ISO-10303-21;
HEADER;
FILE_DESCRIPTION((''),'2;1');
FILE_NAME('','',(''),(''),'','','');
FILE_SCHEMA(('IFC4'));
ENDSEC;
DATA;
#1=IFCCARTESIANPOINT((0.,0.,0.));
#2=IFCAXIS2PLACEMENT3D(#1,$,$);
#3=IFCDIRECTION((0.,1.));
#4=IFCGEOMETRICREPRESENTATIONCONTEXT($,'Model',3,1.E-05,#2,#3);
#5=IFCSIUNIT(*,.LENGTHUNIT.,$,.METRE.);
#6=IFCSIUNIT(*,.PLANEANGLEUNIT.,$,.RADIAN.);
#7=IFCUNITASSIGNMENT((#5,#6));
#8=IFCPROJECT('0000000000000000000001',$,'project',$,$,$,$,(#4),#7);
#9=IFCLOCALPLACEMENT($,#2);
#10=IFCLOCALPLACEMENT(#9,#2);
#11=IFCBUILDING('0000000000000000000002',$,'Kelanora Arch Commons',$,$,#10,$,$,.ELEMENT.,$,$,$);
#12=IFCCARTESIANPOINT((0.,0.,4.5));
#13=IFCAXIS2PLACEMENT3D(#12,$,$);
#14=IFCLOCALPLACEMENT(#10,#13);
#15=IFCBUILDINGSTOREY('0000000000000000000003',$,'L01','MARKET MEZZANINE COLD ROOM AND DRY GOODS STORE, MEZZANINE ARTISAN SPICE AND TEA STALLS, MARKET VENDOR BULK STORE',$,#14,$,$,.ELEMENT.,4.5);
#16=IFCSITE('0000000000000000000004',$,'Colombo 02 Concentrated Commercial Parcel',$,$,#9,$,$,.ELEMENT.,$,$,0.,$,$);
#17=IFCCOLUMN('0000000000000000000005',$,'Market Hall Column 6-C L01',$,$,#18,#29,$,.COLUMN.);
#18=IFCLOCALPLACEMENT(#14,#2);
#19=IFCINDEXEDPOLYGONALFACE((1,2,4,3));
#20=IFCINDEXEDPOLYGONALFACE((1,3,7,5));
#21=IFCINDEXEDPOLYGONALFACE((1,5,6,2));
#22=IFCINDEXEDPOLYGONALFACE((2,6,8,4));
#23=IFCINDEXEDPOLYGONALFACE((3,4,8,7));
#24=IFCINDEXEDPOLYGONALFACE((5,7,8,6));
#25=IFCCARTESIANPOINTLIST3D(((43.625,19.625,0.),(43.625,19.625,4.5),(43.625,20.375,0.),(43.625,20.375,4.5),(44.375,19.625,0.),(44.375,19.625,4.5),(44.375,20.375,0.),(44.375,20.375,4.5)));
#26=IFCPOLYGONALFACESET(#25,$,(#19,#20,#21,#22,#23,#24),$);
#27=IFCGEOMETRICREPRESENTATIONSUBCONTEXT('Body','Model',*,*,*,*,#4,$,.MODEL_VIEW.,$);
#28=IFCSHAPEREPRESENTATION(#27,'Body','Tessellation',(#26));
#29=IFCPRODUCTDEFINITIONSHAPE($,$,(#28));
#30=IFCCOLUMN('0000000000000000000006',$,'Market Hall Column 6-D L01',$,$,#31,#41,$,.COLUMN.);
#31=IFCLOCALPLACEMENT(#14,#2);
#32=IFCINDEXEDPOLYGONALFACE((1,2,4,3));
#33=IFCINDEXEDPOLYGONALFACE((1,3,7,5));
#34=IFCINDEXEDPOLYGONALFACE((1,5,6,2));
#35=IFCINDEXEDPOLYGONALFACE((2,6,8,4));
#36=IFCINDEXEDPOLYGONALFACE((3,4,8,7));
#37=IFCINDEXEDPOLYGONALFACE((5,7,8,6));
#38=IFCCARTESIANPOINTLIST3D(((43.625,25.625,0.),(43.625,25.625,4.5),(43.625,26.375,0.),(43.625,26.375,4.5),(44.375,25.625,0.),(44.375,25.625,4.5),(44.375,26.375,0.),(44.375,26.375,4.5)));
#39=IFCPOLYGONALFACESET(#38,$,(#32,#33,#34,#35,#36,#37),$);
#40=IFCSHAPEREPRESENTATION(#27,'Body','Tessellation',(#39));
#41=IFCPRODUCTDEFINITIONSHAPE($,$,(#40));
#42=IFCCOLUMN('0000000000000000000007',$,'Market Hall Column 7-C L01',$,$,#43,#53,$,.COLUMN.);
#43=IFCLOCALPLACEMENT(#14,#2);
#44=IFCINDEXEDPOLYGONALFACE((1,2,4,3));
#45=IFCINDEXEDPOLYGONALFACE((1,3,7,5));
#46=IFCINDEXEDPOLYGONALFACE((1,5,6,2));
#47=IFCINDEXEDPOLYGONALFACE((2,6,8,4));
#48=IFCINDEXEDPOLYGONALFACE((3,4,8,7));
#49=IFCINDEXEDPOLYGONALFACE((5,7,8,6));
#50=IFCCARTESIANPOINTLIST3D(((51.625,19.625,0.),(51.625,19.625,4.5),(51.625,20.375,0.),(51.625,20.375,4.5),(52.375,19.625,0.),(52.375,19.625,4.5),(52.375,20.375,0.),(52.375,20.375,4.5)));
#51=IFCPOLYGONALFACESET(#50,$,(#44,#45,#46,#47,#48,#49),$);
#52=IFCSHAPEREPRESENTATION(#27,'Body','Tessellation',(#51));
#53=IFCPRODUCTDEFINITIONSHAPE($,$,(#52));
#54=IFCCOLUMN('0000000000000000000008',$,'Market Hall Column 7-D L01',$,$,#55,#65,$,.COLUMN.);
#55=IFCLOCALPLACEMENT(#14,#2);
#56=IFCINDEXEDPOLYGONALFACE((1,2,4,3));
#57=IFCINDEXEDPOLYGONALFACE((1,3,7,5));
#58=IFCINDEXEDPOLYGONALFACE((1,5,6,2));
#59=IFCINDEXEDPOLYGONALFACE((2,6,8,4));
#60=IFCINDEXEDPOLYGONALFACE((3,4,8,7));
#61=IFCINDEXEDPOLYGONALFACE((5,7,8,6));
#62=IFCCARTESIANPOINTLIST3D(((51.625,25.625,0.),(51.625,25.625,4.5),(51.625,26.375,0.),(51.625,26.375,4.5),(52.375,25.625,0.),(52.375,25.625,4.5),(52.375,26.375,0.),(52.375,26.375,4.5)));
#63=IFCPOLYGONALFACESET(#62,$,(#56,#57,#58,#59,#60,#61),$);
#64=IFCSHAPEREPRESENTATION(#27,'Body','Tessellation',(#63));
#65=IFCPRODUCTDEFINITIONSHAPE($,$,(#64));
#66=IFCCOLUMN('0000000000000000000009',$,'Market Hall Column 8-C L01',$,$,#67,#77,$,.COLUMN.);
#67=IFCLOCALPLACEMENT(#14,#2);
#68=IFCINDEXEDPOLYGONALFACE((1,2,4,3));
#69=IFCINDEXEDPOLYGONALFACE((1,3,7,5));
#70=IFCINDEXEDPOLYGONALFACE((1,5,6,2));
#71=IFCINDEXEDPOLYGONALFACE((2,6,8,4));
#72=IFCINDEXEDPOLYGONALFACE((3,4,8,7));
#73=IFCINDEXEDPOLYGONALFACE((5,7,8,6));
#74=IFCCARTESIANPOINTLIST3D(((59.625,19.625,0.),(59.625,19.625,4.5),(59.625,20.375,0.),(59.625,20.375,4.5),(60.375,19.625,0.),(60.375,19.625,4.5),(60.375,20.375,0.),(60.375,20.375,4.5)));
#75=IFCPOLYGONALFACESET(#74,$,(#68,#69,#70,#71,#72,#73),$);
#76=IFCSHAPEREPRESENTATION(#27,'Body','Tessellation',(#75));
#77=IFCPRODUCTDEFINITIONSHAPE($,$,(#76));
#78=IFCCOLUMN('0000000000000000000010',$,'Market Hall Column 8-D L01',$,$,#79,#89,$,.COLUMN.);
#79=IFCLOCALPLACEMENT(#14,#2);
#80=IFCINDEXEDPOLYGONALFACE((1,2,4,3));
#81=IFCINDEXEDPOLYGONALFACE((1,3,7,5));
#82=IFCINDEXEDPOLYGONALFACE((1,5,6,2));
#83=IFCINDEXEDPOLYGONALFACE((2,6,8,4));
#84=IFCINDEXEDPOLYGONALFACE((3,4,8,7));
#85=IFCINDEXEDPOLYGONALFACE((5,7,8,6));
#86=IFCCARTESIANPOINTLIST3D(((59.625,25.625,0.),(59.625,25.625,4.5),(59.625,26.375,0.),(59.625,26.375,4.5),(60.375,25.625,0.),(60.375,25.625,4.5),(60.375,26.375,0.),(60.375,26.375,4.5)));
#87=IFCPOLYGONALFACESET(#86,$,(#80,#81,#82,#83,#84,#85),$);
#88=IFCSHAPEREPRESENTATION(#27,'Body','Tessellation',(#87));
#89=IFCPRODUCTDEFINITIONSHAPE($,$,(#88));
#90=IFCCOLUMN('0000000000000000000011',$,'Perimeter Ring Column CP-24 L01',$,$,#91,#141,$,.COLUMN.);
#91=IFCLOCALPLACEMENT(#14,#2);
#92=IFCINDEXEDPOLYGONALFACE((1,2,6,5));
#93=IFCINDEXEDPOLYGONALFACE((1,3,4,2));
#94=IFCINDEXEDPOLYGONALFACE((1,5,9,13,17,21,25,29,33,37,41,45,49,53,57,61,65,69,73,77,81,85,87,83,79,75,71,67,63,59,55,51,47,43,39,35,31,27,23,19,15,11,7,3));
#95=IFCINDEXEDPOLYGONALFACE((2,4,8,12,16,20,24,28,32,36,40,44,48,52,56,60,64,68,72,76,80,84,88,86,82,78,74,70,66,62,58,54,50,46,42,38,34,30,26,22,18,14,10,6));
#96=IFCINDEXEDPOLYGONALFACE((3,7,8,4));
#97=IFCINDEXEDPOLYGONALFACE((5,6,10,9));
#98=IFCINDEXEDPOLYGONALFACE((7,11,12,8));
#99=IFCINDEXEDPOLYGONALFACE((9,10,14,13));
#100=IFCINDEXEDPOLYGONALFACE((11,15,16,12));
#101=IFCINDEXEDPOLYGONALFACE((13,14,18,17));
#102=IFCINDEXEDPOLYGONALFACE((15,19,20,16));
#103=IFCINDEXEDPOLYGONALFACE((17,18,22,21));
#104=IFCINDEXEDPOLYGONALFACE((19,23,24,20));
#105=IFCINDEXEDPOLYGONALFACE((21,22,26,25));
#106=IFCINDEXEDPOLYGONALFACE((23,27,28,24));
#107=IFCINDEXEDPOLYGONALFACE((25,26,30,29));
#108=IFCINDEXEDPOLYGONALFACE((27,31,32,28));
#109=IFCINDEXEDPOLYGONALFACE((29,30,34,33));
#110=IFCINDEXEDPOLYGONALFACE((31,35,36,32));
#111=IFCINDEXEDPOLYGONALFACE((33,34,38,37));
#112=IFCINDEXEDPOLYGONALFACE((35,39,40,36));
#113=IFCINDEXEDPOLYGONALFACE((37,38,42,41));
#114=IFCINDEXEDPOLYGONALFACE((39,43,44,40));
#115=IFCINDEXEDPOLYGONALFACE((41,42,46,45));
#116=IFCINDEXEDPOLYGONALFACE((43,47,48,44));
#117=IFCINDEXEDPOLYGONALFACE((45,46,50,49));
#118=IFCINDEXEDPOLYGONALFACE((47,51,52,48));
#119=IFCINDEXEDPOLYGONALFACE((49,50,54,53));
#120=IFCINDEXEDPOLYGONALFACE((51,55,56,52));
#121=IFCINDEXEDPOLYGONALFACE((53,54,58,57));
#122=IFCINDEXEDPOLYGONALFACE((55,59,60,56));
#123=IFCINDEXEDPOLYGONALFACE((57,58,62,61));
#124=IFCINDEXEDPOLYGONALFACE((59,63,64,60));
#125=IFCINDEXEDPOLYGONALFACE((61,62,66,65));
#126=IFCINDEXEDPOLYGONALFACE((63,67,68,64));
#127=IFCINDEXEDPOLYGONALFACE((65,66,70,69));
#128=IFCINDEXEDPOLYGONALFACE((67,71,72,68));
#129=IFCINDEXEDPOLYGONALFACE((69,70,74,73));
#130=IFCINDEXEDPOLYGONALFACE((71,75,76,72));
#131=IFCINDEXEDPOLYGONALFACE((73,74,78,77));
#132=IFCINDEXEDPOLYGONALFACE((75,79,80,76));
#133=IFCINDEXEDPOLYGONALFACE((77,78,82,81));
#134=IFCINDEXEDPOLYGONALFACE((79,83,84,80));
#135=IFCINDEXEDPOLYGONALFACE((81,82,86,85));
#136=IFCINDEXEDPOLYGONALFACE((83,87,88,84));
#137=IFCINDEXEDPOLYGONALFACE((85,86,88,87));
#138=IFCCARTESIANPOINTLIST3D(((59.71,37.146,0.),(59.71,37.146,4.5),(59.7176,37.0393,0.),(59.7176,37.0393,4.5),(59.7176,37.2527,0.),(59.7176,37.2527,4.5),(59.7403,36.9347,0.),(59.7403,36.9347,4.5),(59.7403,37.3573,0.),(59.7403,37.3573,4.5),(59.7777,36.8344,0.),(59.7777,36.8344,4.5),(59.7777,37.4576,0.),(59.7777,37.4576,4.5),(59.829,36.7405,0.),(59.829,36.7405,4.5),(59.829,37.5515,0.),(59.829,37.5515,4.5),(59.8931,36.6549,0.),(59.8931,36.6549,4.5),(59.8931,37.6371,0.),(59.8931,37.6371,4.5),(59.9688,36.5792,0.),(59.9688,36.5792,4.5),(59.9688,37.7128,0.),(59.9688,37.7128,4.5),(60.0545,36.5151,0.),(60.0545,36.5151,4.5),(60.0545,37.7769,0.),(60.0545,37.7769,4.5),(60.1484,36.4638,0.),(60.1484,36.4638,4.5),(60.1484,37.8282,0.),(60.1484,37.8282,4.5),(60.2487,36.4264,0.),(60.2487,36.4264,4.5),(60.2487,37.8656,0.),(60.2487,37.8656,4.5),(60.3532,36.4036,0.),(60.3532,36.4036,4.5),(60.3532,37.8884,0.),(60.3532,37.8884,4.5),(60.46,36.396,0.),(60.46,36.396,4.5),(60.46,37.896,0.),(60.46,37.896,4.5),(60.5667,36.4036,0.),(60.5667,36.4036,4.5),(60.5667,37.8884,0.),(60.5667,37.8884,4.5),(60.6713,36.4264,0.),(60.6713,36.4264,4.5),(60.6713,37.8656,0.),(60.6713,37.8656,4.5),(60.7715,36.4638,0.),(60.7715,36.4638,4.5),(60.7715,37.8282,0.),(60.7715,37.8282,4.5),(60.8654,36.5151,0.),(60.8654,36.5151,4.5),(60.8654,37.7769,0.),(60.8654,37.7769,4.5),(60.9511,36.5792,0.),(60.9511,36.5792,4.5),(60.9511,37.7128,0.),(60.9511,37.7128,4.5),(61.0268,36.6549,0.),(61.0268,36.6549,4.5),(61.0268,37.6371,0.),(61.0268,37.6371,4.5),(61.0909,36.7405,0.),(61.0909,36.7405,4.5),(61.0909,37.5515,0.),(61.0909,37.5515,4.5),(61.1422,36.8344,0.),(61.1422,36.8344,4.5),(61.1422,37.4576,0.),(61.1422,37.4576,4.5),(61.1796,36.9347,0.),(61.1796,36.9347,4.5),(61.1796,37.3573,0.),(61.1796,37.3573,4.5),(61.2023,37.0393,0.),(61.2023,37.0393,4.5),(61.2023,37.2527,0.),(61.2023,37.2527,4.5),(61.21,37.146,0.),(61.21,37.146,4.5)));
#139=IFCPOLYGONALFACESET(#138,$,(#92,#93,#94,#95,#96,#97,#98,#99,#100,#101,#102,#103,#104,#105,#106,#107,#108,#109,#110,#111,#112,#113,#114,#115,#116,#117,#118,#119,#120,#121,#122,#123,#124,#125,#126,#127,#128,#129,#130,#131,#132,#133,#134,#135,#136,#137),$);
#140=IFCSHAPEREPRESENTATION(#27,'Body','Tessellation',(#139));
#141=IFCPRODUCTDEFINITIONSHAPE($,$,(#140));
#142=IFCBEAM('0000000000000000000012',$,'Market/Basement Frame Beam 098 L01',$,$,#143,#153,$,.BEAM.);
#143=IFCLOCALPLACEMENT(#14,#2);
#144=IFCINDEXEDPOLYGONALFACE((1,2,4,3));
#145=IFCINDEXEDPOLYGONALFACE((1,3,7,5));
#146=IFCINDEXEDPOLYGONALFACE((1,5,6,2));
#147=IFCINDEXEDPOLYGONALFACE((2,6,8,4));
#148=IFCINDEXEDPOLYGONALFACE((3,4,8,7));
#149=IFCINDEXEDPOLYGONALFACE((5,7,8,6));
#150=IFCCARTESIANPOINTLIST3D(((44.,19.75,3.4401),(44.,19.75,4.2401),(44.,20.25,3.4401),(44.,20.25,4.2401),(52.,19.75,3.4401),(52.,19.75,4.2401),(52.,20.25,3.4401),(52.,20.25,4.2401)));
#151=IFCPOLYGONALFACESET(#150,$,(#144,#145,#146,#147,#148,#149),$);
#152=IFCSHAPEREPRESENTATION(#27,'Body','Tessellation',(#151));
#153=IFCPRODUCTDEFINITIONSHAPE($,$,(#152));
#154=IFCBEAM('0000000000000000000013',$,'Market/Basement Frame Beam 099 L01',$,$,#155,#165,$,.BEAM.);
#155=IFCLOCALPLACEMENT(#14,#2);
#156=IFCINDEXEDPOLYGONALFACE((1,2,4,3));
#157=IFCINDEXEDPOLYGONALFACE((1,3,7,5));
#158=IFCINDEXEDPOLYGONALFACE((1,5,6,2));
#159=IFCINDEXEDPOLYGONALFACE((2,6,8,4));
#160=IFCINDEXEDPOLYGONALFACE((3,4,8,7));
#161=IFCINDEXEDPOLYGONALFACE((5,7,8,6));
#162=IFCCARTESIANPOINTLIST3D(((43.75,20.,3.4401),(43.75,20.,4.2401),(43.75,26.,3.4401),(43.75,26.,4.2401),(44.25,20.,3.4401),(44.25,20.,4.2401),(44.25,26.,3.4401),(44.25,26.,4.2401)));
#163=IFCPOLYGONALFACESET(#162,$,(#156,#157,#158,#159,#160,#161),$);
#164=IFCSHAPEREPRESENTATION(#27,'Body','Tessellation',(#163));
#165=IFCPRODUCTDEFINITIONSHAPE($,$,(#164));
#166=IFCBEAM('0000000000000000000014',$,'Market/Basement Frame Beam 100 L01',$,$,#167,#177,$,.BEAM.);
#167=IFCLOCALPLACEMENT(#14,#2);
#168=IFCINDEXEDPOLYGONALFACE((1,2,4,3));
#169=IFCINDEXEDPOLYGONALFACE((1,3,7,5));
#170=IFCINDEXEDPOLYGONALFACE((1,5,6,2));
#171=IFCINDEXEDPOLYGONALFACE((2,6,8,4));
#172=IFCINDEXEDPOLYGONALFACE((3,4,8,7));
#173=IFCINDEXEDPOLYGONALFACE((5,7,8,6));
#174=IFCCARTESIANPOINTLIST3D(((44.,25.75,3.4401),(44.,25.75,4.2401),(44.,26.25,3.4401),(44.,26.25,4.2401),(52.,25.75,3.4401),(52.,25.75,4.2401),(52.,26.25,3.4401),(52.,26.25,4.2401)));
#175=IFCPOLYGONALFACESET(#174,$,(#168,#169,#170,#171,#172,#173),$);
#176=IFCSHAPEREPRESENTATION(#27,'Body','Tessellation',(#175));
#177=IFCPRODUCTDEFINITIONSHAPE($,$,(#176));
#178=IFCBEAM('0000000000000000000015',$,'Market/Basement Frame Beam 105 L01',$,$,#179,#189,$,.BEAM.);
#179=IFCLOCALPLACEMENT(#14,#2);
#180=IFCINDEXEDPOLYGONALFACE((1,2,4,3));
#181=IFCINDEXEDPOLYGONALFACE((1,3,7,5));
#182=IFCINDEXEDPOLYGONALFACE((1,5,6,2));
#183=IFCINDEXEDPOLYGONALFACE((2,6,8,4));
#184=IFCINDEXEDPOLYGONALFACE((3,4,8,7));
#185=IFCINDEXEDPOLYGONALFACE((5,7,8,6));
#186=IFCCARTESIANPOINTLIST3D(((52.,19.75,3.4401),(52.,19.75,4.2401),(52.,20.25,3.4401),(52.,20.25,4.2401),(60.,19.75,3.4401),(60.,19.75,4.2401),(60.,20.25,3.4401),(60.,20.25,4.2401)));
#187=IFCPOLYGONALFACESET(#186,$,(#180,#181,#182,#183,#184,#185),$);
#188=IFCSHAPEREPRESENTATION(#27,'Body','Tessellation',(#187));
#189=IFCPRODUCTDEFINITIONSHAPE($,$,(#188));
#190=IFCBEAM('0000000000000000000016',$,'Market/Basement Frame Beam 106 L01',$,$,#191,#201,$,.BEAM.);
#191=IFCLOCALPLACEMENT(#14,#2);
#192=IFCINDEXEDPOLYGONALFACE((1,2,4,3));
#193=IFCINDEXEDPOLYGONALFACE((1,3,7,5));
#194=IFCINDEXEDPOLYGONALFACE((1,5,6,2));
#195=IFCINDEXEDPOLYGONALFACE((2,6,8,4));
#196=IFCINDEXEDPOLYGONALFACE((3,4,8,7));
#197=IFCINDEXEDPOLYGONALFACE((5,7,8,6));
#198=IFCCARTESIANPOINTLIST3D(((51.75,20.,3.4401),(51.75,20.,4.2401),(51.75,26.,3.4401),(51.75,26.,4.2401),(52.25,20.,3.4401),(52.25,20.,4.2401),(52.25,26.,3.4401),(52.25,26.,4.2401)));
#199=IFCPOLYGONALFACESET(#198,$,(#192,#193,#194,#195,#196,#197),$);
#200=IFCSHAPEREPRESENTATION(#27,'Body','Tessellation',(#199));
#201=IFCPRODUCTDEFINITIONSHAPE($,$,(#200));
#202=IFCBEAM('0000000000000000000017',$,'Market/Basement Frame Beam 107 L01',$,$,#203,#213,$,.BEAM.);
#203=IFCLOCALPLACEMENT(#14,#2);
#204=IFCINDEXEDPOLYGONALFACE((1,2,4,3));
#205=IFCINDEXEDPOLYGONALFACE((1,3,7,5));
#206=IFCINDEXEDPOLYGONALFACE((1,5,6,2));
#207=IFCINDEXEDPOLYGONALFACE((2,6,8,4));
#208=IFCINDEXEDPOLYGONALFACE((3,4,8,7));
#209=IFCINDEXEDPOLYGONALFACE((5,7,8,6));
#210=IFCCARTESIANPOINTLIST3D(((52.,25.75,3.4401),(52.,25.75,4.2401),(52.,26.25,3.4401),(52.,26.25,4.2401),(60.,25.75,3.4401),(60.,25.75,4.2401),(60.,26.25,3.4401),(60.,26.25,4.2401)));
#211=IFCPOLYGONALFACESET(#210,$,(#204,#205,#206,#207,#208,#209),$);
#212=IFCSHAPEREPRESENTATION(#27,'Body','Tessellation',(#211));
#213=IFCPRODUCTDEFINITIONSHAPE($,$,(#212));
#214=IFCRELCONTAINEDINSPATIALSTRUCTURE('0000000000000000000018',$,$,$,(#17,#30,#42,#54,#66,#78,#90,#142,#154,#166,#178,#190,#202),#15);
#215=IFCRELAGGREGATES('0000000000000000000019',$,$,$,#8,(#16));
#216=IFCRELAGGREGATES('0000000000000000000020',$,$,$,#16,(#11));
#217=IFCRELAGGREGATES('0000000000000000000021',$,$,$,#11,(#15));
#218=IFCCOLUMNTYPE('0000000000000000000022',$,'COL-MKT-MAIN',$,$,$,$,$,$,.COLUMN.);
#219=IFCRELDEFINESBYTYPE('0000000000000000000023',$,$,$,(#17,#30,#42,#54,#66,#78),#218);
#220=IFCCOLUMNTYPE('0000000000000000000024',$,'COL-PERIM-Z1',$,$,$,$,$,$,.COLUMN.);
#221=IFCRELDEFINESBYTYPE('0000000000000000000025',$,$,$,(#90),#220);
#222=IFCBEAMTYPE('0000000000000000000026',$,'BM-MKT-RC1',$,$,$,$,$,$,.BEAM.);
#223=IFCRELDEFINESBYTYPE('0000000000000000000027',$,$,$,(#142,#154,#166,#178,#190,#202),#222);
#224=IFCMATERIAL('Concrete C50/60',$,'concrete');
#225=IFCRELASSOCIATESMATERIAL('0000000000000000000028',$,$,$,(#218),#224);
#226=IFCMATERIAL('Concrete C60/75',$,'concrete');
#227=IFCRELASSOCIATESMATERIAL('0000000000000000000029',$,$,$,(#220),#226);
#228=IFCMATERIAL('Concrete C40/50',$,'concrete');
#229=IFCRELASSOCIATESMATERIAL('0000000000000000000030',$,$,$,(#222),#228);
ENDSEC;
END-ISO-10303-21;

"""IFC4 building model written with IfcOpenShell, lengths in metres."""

from ifc_helpers import new_model, si_unit, direction, frame, origin, origin_2d, place, context, subcontext, project, spatial, rectangle, circle, extrude, material, material_profile, profile_set, type_object, element, save


model = new_model("IFC4")

# Units and contexts
model_context = context("Model", 3, precision=1e-05, world=origin(), true_north=direction((0.0, 1.0)))
body_context = subcontext(model_context, "Body", "Model", "MODEL_VIEW")
ifc_project = project(units=[si_unit("LENGTHUNIT", "METRE"), si_unit("PLANEANGLEUNIT", "RADIAN")], contexts=[model_context])

# Site, building, storey
site_placement = place(None, origin())
site = spatial("IfcSite", under=ifc_project, at=site_placement, Name="Colombo 02 Concentrated Commercial Parcel", CompositionType="ELEMENT", RefElevation=0.0)
building_placement = place(site_placement, origin())
building = spatial("IfcBuilding", under=site, at=building_placement, Name="Kelanora Arch Commons", CompositionType="ELEMENT")
storey_placement = place(building_placement, frame((0.0, 0.0, 4.5)))
storey = spatial("IfcBuildingStorey", under=building, at=storey_placement, Name="L01", Description="MARKET MEZZANINE COLD ROOM AND DRY GOODS STORE, MEZZANINE ARTISAN SPICE AND TEA STALLS, MARKET VENDOR BULK STORE", CompositionType="ELEMENT", Elevation=4.5)

# Columns
ifc_material_1 = material(Name="Concrete C50/60", Category="concrete")
ifc_material_profile_1 = material_profile(ifc_material_1, rectangle(XDim=0.75, YDim=0.75, at=origin_2d()), Name="RC750x750")
ifc_profile_set_1 = profile_set([ifc_material_profile_1], Name="Concrete C50/60")
column_type_1 = type_object("IfcColumnType", Name="COL-MKT-MAIN", PredefinedType="COLUMN", material=ifc_profile_set_1)
for number, where, z_axis, x_axis, name in (
    (1, (44.0, 20.0, 0.0), (0.0, 0.0, 1.0), (1.0, 0.0, 0.0), "Market Hall Column 6-C L01"),
    (2, (44.0, 26.0, 0.0), (0.0, 0.0, 1.0), (1.0, 0.0, 0.0), "Market Hall Column 6-D L01"),
    (3, (52.0, 20.0, 0.0), (0.0, 0.0, 1.0), (1.0, 0.0, 0.0), "Market Hall Column 7-C L01"),
    (4, (52.0, 26.0, 0.0), (0.0, 0.0, 1.0), (1.0, 0.0, 0.0), "Market Hall Column 7-D L01"),
    (5, (60.0, 20.0, 0.0), (0.0, 0.0, 1.0), (1.0, 0.0, 0.0), "Market Hall Column 8-C L01"),
    (6, (60.0, 26.0, 0.0), (0.0, 0.0, 1.0), (1.0, 0.0, 0.0), "Market Hall Column 8-D L01"),
):
    element("IfcColumn", number, at=place(storey_placement, frame(where, z_axis=z_axis, x_axis=x_axis)), inside=storey, type_object=column_type_1, Name=name, PredefinedType="COLUMN", context=body_context, shape_type="SweptSolid", body=[
        extrude(rectangle(XDim=0.75, YDim=0.75, at=origin_2d()), origin(), (0.0, 0.0, 1.0), 4.5),
    ])
ifc_material_2 = material(Name="Concrete C60/75", Category="concrete")
ifc_material_profile_2 = material_profile(ifc_material_2, circle(Radius=0.75, at=origin_2d()), Name="RCC1500")
ifc_profile_set_2 = profile_set([ifc_material_profile_2], Name="Concrete C60/75")
column_type_2 = type_object("IfcColumnType", Name="COL-PERIM-Z1", PredefinedType="COLUMN", material=ifc_profile_set_2)
column_placement = place(storey_placement, frame((60.46, 37.146, 0.0), z_axis=(0.0, 0.0, 1.0), x_axis=(1.0, 0.0, 0.0)))
element("IfcColumn", 7, at=column_placement, inside=storey, type_object=column_type_2, Name="Perimeter Ring Column CP-24 L01", PredefinedType="COLUMN", context=body_context, shape_type="SweptSolid", body=[
    extrude(circle(Radius=0.75, at=origin_2d()), origin(), (0.0, 0.0, 1.0), 4.5),
])

# Beams
ifc_material_3 = material(Name="Concrete C40/50", Category="concrete")
ifc_material_profile_3 = material_profile(ifc_material_3, rectangle(XDim=0.5, YDim=0.8, at=origin_2d()), Name="RCB500x800")
ifc_profile_set_3 = profile_set([ifc_material_profile_3], Name="Concrete C40/50")
beam_type_1 = type_object("IfcBeamType", Name="BM-MKT-RC1", PredefinedType="BEAM", material=ifc_profile_set_3)
beam_1_placement = place(storey_placement, frame((44.0, 20.0, 3.8401), z_axis=(1.0, 0.0, 0.0), x_axis=(0.0, 1.0, 0.0)))
element("IfcBeam", 8, at=beam_1_placement, inside=storey, type_object=beam_type_1, Name="Market/Basement Frame Beam 098 L01", PredefinedType="BEAM", context=body_context, shape_type="SweptSolid", body=[
    extrude(rectangle(XDim=0.5, YDim=0.8, at=origin_2d()), origin(), (0.0, 0.0, 1.0), 8.0),
])
beam_2_placement = place(storey_placement, frame((44.0, 20.0, 3.8401), z_axis=(0.0, 1.0, 0.0), x_axis=(-1.0, 0.0, 0.0)))
element("IfcBeam", 9, at=beam_2_placement, inside=storey, type_object=beam_type_1, Name="Market/Basement Frame Beam 099 L01", PredefinedType="BEAM", context=body_context, shape_type="SweptSolid", body=[
    extrude(rectangle(XDim=0.5, YDim=0.8, at=origin_2d()), origin(), (0.0, 0.0, 1.0), 6.0),
])
for number, where, z_axis, x_axis, name in (
    (10, (44.0, 26.0, 3.8401), (1.0, 0.0, 0.0), (0.0, 1.0, 0.0), "Market/Basement Frame Beam 100 L01"),
    (11, (52.0, 20.0, 3.8401), (1.0, 0.0, 0.0), (0.0, 1.0, 0.0), "Market/Basement Frame Beam 105 L01"),
):
    element("IfcBeam", number, at=place(storey_placement, frame(where, z_axis=z_axis, x_axis=x_axis)), inside=storey, type_object=beam_type_1, Name=name, PredefinedType="BEAM", context=body_context, shape_type="SweptSolid", body=[
        extrude(rectangle(XDim=0.5, YDim=0.8, at=origin_2d()), origin(), (0.0, 0.0, 1.0), 8.0),
    ])
beam_3_placement = place(storey_placement, frame((52.0, 20.0, 3.8401), z_axis=(0.0, 1.0, 0.0), x_axis=(-1.0, 0.0, 0.0)))
element("IfcBeam", 12, at=beam_3_placement, inside=storey, type_object=beam_type_1, Name="Market/Basement Frame Beam 106 L01", PredefinedType="BEAM", context=body_context, shape_type="SweptSolid", body=[
    extrude(rectangle(XDim=0.5, YDim=0.8, at=origin_2d()), origin(), (0.0, 0.0, 1.0), 6.0),
])
for number, where, z_axis, x_axis, name in (
    (13, (52.0, 26.0, 3.8401), (1.0, 0.0, 0.0), (0.0, 1.0, 0.0), "Market/Basement Frame Beam 107 L01"),
):
    element("IfcBeam", number, at=place(storey_placement, frame(where, z_axis=z_axis, x_axis=x_axis)), inside=storey, type_object=beam_type_1, Name=name, PredefinedType="BEAM", context=body_context, shape_type="SweptSolid", body=[
        extrude(rectangle(XDim=0.5, YDim=0.8, at=origin_2d()), origin(), (0.0, 0.0, 1.0), 8.0),
    ])

save(model, "model.ifc")
